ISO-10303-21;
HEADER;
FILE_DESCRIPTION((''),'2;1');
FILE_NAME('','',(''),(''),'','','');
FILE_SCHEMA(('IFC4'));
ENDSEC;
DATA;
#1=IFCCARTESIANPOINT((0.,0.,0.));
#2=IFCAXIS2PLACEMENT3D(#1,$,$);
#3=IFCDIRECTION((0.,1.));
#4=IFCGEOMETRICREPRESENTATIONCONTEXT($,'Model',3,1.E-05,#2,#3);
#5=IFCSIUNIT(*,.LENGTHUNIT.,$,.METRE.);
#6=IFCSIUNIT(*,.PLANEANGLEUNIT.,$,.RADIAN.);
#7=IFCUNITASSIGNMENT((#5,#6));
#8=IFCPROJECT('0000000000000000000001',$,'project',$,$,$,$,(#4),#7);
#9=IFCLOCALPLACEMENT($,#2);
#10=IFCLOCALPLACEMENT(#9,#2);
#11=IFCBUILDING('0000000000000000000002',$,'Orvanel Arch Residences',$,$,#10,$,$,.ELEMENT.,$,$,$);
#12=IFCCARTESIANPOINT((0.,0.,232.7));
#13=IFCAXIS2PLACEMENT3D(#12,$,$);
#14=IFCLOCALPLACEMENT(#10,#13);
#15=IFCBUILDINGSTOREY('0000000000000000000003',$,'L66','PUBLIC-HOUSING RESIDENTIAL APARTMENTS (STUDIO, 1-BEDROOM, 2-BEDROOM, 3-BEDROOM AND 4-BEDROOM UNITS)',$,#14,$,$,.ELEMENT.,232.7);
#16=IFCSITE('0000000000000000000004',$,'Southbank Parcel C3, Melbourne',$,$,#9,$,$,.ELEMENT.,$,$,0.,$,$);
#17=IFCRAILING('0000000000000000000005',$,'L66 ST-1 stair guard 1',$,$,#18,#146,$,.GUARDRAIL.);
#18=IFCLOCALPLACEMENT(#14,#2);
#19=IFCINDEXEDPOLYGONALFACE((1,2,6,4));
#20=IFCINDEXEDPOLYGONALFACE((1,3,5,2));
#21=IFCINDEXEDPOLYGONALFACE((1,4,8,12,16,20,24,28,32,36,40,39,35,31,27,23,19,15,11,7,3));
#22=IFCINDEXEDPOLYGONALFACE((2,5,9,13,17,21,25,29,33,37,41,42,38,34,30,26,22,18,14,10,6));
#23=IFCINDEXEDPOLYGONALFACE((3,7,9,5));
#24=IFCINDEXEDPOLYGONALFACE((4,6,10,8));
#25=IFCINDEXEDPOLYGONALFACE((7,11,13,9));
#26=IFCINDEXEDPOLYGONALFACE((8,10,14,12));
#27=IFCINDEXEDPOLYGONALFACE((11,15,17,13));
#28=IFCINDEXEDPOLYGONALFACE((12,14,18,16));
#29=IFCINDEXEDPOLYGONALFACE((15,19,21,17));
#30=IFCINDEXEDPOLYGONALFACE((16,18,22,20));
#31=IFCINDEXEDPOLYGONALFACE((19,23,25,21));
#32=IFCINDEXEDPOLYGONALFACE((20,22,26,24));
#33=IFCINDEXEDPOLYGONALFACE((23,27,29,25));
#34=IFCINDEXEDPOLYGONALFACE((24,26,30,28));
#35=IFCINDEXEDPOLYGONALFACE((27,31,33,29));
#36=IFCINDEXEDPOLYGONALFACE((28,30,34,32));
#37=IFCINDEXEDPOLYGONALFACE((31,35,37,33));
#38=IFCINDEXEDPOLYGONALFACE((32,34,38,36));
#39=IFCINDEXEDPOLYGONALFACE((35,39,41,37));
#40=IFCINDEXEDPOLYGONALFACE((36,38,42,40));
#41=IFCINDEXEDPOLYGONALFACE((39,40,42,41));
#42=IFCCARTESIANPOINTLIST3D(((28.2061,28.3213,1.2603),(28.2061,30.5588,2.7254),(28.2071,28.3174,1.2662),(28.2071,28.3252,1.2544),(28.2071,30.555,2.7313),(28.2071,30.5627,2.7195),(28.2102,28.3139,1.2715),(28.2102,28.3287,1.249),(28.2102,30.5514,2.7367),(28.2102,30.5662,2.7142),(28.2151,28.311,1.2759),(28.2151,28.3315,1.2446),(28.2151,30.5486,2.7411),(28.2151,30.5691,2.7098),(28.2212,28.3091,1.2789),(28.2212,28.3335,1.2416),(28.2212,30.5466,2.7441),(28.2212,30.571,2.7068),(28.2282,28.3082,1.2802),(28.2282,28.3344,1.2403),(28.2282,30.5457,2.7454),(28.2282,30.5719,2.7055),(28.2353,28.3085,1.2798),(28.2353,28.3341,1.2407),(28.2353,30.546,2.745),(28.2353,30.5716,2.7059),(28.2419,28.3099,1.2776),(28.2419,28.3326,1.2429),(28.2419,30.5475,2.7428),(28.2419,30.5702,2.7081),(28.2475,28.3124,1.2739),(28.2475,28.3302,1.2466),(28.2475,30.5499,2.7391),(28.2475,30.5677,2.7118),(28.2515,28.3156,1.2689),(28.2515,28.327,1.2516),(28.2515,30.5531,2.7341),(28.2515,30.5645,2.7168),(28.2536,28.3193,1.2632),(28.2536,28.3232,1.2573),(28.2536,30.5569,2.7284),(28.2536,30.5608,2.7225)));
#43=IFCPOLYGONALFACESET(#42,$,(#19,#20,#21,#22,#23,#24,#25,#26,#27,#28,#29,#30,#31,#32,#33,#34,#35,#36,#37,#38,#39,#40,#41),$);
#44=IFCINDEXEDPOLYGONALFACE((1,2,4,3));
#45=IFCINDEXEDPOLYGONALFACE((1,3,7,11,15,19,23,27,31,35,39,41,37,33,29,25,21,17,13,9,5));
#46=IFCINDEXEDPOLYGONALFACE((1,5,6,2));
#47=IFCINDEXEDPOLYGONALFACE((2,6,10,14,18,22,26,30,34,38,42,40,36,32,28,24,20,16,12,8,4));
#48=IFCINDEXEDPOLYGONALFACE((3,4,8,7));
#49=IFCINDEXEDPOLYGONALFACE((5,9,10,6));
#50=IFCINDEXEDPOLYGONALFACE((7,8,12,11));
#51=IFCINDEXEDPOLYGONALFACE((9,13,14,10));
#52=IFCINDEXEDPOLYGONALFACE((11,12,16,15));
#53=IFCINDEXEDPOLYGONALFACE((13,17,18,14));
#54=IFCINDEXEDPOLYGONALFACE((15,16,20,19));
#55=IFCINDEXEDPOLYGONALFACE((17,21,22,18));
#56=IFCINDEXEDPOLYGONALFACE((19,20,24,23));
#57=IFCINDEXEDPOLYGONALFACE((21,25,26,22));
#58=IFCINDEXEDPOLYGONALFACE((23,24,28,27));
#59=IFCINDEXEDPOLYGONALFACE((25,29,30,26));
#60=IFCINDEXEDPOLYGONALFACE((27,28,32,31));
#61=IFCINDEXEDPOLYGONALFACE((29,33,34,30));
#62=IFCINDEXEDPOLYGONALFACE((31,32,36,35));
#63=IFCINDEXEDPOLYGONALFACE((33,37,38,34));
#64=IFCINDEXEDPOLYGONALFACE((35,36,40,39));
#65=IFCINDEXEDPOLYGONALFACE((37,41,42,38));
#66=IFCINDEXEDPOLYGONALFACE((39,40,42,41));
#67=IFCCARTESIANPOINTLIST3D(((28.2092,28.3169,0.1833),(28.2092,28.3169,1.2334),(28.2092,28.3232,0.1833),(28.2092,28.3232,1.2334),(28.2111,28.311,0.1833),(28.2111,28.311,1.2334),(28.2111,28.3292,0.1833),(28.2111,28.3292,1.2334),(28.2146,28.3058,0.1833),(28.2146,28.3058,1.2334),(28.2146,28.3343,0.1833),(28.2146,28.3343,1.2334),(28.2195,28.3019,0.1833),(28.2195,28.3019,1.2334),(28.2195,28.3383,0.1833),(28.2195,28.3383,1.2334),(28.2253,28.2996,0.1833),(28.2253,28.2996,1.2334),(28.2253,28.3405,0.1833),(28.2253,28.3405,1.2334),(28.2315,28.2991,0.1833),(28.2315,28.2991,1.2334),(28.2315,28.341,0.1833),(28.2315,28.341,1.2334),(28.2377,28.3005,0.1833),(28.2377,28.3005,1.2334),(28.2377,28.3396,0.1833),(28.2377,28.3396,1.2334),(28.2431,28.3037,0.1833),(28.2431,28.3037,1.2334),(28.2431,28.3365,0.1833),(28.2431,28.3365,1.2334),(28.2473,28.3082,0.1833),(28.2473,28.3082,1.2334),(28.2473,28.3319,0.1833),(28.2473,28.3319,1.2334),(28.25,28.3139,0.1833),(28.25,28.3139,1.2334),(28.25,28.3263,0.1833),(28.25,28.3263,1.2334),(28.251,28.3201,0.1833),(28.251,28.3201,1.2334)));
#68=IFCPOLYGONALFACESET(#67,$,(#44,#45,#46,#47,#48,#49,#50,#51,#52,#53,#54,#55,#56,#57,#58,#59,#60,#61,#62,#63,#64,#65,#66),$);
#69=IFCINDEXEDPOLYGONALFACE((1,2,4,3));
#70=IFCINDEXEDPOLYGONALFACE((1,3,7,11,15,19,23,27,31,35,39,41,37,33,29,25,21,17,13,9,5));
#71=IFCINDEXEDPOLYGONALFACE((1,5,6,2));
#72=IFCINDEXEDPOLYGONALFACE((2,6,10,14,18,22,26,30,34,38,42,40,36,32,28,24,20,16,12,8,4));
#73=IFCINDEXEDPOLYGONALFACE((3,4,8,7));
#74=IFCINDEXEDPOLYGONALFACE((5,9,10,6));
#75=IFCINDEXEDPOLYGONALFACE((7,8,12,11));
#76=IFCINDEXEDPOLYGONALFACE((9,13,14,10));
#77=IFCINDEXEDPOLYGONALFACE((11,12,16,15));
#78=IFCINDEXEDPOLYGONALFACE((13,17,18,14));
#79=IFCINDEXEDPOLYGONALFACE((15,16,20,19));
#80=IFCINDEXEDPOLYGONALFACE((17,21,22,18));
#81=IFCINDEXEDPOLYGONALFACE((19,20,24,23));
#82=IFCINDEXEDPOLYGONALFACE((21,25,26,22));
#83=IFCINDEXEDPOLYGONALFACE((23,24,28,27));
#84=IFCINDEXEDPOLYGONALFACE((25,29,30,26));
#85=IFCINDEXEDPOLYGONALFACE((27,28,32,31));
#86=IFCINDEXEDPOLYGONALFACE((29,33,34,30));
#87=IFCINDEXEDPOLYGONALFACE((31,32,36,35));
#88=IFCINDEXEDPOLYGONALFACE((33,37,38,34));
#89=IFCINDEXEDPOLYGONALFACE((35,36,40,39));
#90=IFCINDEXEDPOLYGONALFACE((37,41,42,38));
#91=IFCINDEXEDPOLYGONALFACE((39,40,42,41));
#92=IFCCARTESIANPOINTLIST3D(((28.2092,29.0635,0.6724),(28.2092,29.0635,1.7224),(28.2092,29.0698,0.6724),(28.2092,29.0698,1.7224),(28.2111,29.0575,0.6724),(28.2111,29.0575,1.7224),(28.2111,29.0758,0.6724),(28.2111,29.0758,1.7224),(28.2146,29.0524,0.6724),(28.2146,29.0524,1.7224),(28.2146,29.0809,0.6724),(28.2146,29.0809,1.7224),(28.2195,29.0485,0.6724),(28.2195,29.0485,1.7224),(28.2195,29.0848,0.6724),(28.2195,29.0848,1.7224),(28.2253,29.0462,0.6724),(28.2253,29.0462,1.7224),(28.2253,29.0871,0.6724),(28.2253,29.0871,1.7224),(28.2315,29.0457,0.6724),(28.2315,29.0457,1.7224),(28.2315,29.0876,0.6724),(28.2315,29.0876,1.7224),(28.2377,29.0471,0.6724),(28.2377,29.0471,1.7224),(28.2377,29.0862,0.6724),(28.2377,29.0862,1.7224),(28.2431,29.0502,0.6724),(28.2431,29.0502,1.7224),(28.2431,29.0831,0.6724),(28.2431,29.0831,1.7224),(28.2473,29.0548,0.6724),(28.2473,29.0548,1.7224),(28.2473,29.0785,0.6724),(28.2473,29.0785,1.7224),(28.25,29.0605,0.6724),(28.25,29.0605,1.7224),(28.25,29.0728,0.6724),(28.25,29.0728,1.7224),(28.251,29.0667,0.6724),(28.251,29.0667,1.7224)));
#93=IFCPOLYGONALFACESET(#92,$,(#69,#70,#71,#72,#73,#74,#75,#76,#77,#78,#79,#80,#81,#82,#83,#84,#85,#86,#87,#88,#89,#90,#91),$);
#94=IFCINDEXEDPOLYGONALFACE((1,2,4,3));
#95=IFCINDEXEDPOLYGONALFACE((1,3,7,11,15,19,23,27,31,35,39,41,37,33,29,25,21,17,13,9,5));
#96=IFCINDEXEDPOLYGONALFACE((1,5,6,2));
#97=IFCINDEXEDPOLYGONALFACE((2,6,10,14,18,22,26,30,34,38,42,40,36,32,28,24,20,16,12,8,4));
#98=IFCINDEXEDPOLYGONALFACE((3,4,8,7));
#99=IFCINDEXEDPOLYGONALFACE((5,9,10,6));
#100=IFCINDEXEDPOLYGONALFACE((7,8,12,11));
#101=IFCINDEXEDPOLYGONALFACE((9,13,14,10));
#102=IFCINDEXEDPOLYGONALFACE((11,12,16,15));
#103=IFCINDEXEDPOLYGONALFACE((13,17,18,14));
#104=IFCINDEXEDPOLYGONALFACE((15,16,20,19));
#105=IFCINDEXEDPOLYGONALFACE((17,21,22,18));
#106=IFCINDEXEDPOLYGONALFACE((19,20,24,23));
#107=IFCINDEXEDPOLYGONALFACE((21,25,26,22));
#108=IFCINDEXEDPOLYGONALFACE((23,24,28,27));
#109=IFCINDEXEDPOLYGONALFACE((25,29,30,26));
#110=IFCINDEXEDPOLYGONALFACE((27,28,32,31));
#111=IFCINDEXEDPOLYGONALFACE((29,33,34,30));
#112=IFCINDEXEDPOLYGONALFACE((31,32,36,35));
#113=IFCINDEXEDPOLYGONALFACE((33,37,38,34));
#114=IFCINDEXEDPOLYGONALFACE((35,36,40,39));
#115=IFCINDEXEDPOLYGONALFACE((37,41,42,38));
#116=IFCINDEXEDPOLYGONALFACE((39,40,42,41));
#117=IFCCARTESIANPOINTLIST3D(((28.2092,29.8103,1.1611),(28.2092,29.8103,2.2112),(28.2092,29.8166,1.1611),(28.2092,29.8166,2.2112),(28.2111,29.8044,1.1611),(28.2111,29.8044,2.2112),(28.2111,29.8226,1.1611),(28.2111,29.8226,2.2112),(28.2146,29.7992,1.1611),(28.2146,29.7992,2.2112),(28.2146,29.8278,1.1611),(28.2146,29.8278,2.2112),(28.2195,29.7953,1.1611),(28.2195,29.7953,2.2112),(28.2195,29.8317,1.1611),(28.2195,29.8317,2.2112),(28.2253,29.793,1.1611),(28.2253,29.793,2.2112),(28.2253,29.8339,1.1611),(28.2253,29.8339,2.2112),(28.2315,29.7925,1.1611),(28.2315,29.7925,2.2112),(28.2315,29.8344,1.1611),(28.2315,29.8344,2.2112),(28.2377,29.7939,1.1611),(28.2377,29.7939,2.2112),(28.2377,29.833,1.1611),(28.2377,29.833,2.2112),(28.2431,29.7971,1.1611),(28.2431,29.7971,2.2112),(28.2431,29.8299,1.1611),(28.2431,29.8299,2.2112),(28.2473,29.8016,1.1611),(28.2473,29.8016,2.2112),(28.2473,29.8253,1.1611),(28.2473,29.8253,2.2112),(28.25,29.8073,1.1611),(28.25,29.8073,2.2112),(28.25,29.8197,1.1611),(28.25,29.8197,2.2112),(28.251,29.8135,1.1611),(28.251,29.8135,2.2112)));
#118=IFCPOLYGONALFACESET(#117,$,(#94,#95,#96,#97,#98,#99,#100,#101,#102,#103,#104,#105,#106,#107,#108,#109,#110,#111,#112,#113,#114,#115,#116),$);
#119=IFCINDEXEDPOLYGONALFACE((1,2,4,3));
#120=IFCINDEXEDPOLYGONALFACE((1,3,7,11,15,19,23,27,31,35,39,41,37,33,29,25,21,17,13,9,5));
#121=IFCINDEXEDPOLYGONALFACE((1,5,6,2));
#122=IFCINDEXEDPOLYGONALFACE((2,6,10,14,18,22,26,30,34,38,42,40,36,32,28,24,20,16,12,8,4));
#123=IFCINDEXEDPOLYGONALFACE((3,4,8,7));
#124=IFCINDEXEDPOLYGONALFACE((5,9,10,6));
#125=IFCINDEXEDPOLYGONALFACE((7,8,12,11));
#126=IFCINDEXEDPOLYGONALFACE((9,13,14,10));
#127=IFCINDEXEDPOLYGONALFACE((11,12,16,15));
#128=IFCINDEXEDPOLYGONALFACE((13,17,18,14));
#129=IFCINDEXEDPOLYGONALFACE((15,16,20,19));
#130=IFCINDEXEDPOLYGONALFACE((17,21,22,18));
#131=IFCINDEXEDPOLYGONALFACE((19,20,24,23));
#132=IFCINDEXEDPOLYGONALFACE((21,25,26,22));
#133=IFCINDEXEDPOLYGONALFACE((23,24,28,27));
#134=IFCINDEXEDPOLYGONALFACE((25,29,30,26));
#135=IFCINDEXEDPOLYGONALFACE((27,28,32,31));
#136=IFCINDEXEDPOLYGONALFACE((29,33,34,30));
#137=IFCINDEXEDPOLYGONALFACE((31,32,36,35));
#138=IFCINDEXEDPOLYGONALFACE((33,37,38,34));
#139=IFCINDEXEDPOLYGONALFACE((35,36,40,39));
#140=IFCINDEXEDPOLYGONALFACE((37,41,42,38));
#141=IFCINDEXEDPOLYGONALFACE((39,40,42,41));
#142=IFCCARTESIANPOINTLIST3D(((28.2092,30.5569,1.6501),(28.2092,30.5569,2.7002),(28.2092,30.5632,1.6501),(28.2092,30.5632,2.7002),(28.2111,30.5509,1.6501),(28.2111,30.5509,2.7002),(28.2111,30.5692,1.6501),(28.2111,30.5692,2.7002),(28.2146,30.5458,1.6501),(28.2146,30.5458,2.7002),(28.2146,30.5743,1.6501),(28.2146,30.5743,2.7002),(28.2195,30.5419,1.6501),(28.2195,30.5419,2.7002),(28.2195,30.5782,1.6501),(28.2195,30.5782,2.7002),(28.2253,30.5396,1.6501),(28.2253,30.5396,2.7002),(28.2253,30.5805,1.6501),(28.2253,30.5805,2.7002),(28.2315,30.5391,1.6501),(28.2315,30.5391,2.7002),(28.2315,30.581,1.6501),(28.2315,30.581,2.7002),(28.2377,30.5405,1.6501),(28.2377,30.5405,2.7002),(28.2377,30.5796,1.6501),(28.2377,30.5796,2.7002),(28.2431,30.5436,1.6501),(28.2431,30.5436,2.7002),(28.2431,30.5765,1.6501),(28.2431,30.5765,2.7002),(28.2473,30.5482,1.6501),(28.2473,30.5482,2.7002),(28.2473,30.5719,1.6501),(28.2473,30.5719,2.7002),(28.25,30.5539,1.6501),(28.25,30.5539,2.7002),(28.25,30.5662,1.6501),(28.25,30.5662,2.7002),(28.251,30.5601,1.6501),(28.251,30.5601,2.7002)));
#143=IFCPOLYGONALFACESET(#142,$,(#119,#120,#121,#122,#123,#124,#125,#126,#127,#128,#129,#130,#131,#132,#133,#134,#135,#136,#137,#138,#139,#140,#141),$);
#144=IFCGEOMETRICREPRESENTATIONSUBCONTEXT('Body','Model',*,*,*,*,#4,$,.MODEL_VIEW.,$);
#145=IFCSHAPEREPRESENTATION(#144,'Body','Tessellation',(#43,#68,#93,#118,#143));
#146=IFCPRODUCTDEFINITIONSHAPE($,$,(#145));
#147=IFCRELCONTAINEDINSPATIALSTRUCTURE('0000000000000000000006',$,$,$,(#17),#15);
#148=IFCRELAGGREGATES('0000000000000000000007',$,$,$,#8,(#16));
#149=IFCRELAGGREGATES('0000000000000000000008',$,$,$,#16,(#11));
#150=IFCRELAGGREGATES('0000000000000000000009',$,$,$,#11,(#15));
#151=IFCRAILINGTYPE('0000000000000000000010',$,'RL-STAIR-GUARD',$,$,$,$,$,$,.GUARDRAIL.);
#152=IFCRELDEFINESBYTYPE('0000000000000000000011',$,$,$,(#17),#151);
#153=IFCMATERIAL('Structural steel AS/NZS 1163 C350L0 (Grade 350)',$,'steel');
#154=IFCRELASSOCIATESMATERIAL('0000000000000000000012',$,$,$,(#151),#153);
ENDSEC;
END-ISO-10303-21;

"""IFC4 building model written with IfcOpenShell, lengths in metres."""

from ifc_helpers import new_model, si_unit, direction, frame, origin, origin_2d, place, context, subcontext, project, spatial, circle, extrude, material, type_object, element, save


model = new_model("IFC4")

# Units and contexts
model_context = context("Model", 3, precision=1e-05, world=origin(), true_north=direction((0.0, 1.0)))
body_context = subcontext(model_context, "Body", "Model", "MODEL_VIEW")
ifc_project = project(units=[si_unit("LENGTHUNIT", "METRE"), si_unit("PLANEANGLEUNIT", "RADIAN")], contexts=[model_context])

# Site, building, storey
site_placement = place(None, origin())
site = spatial("IfcSite", under=ifc_project, at=site_placement, Name="Southbank Parcel C3, Melbourne", CompositionType="ELEMENT", RefElevation=0.0)
building_placement = place(site_placement, origin())
building = spatial("IfcBuilding", under=site, at=building_placement, Name="Orvanel Arch Residences", CompositionType="ELEMENT")
storey_placement = place(building_placement, frame((0.0, 0.0, 232.7)))
storey = spatial("IfcBuildingStorey", under=building, at=storey_placement, Name="L66", Description="PUBLIC-HOUSING RESIDENTIAL APARTMENTS (STUDIO, 1-BEDROOM, 2-BEDROOM, 3-BEDROOM AND 4-BEDROOM UNITS)", CompositionType="ELEMENT", Elevation=232.7)

# Railing
ifc_material_1 = material(Name="Structural steel AS/NZS 1163 C350L0 (Grade 350)", Category="steel")
railing_type_1 = type_object("IfcRailingType", Name="RL-STAIR-GUARD", PredefinedType="GUARDRAIL", material=ifc_material_1)
railing_1_placement = place(storey_placement, frame((28.23, 28.3201, 0.1833)))
element("IfcRailing", 1, at=railing_1_placement, inside=storey, type_object=railing_type_1, Name="L66 ST-1 stair guard 1", PredefinedType="GUARDRAIL", context=body_context, shape_type="SweptSolid", body=[
    extrude(circle(Radius=0.0239, at=origin_2d()), frame((0.0, 0.0012, 1.0769), z_axis=(0.0, 0.836595, 0.547822), x_axis=(-1.0, 0.0, 0.0)), (0.0, 0.0, 1.0), 2.6746),
    extrude(circle(Radius=0.021, at=origin_2d()), origin(), (0.0, 0.0, 1.0), 1.05),
    extrude(circle(Radius=0.021, at=origin_2d()), frame((0.0, 0.7466, 0.489)), (0.0, 0.0, 1.0), 1.05),
    extrude(circle(Radius=0.021, at=origin_2d()), frame((0.0, 1.4934, 0.9778)), (0.0, 0.0, 1.0), 1.05),
    extrude(circle(Radius=0.021, at=origin_2d()), frame((0.0, 2.24, 1.4668)), (0.0, 0.0, 1.0), 1.05),
])

save(model, "model.ifc")
